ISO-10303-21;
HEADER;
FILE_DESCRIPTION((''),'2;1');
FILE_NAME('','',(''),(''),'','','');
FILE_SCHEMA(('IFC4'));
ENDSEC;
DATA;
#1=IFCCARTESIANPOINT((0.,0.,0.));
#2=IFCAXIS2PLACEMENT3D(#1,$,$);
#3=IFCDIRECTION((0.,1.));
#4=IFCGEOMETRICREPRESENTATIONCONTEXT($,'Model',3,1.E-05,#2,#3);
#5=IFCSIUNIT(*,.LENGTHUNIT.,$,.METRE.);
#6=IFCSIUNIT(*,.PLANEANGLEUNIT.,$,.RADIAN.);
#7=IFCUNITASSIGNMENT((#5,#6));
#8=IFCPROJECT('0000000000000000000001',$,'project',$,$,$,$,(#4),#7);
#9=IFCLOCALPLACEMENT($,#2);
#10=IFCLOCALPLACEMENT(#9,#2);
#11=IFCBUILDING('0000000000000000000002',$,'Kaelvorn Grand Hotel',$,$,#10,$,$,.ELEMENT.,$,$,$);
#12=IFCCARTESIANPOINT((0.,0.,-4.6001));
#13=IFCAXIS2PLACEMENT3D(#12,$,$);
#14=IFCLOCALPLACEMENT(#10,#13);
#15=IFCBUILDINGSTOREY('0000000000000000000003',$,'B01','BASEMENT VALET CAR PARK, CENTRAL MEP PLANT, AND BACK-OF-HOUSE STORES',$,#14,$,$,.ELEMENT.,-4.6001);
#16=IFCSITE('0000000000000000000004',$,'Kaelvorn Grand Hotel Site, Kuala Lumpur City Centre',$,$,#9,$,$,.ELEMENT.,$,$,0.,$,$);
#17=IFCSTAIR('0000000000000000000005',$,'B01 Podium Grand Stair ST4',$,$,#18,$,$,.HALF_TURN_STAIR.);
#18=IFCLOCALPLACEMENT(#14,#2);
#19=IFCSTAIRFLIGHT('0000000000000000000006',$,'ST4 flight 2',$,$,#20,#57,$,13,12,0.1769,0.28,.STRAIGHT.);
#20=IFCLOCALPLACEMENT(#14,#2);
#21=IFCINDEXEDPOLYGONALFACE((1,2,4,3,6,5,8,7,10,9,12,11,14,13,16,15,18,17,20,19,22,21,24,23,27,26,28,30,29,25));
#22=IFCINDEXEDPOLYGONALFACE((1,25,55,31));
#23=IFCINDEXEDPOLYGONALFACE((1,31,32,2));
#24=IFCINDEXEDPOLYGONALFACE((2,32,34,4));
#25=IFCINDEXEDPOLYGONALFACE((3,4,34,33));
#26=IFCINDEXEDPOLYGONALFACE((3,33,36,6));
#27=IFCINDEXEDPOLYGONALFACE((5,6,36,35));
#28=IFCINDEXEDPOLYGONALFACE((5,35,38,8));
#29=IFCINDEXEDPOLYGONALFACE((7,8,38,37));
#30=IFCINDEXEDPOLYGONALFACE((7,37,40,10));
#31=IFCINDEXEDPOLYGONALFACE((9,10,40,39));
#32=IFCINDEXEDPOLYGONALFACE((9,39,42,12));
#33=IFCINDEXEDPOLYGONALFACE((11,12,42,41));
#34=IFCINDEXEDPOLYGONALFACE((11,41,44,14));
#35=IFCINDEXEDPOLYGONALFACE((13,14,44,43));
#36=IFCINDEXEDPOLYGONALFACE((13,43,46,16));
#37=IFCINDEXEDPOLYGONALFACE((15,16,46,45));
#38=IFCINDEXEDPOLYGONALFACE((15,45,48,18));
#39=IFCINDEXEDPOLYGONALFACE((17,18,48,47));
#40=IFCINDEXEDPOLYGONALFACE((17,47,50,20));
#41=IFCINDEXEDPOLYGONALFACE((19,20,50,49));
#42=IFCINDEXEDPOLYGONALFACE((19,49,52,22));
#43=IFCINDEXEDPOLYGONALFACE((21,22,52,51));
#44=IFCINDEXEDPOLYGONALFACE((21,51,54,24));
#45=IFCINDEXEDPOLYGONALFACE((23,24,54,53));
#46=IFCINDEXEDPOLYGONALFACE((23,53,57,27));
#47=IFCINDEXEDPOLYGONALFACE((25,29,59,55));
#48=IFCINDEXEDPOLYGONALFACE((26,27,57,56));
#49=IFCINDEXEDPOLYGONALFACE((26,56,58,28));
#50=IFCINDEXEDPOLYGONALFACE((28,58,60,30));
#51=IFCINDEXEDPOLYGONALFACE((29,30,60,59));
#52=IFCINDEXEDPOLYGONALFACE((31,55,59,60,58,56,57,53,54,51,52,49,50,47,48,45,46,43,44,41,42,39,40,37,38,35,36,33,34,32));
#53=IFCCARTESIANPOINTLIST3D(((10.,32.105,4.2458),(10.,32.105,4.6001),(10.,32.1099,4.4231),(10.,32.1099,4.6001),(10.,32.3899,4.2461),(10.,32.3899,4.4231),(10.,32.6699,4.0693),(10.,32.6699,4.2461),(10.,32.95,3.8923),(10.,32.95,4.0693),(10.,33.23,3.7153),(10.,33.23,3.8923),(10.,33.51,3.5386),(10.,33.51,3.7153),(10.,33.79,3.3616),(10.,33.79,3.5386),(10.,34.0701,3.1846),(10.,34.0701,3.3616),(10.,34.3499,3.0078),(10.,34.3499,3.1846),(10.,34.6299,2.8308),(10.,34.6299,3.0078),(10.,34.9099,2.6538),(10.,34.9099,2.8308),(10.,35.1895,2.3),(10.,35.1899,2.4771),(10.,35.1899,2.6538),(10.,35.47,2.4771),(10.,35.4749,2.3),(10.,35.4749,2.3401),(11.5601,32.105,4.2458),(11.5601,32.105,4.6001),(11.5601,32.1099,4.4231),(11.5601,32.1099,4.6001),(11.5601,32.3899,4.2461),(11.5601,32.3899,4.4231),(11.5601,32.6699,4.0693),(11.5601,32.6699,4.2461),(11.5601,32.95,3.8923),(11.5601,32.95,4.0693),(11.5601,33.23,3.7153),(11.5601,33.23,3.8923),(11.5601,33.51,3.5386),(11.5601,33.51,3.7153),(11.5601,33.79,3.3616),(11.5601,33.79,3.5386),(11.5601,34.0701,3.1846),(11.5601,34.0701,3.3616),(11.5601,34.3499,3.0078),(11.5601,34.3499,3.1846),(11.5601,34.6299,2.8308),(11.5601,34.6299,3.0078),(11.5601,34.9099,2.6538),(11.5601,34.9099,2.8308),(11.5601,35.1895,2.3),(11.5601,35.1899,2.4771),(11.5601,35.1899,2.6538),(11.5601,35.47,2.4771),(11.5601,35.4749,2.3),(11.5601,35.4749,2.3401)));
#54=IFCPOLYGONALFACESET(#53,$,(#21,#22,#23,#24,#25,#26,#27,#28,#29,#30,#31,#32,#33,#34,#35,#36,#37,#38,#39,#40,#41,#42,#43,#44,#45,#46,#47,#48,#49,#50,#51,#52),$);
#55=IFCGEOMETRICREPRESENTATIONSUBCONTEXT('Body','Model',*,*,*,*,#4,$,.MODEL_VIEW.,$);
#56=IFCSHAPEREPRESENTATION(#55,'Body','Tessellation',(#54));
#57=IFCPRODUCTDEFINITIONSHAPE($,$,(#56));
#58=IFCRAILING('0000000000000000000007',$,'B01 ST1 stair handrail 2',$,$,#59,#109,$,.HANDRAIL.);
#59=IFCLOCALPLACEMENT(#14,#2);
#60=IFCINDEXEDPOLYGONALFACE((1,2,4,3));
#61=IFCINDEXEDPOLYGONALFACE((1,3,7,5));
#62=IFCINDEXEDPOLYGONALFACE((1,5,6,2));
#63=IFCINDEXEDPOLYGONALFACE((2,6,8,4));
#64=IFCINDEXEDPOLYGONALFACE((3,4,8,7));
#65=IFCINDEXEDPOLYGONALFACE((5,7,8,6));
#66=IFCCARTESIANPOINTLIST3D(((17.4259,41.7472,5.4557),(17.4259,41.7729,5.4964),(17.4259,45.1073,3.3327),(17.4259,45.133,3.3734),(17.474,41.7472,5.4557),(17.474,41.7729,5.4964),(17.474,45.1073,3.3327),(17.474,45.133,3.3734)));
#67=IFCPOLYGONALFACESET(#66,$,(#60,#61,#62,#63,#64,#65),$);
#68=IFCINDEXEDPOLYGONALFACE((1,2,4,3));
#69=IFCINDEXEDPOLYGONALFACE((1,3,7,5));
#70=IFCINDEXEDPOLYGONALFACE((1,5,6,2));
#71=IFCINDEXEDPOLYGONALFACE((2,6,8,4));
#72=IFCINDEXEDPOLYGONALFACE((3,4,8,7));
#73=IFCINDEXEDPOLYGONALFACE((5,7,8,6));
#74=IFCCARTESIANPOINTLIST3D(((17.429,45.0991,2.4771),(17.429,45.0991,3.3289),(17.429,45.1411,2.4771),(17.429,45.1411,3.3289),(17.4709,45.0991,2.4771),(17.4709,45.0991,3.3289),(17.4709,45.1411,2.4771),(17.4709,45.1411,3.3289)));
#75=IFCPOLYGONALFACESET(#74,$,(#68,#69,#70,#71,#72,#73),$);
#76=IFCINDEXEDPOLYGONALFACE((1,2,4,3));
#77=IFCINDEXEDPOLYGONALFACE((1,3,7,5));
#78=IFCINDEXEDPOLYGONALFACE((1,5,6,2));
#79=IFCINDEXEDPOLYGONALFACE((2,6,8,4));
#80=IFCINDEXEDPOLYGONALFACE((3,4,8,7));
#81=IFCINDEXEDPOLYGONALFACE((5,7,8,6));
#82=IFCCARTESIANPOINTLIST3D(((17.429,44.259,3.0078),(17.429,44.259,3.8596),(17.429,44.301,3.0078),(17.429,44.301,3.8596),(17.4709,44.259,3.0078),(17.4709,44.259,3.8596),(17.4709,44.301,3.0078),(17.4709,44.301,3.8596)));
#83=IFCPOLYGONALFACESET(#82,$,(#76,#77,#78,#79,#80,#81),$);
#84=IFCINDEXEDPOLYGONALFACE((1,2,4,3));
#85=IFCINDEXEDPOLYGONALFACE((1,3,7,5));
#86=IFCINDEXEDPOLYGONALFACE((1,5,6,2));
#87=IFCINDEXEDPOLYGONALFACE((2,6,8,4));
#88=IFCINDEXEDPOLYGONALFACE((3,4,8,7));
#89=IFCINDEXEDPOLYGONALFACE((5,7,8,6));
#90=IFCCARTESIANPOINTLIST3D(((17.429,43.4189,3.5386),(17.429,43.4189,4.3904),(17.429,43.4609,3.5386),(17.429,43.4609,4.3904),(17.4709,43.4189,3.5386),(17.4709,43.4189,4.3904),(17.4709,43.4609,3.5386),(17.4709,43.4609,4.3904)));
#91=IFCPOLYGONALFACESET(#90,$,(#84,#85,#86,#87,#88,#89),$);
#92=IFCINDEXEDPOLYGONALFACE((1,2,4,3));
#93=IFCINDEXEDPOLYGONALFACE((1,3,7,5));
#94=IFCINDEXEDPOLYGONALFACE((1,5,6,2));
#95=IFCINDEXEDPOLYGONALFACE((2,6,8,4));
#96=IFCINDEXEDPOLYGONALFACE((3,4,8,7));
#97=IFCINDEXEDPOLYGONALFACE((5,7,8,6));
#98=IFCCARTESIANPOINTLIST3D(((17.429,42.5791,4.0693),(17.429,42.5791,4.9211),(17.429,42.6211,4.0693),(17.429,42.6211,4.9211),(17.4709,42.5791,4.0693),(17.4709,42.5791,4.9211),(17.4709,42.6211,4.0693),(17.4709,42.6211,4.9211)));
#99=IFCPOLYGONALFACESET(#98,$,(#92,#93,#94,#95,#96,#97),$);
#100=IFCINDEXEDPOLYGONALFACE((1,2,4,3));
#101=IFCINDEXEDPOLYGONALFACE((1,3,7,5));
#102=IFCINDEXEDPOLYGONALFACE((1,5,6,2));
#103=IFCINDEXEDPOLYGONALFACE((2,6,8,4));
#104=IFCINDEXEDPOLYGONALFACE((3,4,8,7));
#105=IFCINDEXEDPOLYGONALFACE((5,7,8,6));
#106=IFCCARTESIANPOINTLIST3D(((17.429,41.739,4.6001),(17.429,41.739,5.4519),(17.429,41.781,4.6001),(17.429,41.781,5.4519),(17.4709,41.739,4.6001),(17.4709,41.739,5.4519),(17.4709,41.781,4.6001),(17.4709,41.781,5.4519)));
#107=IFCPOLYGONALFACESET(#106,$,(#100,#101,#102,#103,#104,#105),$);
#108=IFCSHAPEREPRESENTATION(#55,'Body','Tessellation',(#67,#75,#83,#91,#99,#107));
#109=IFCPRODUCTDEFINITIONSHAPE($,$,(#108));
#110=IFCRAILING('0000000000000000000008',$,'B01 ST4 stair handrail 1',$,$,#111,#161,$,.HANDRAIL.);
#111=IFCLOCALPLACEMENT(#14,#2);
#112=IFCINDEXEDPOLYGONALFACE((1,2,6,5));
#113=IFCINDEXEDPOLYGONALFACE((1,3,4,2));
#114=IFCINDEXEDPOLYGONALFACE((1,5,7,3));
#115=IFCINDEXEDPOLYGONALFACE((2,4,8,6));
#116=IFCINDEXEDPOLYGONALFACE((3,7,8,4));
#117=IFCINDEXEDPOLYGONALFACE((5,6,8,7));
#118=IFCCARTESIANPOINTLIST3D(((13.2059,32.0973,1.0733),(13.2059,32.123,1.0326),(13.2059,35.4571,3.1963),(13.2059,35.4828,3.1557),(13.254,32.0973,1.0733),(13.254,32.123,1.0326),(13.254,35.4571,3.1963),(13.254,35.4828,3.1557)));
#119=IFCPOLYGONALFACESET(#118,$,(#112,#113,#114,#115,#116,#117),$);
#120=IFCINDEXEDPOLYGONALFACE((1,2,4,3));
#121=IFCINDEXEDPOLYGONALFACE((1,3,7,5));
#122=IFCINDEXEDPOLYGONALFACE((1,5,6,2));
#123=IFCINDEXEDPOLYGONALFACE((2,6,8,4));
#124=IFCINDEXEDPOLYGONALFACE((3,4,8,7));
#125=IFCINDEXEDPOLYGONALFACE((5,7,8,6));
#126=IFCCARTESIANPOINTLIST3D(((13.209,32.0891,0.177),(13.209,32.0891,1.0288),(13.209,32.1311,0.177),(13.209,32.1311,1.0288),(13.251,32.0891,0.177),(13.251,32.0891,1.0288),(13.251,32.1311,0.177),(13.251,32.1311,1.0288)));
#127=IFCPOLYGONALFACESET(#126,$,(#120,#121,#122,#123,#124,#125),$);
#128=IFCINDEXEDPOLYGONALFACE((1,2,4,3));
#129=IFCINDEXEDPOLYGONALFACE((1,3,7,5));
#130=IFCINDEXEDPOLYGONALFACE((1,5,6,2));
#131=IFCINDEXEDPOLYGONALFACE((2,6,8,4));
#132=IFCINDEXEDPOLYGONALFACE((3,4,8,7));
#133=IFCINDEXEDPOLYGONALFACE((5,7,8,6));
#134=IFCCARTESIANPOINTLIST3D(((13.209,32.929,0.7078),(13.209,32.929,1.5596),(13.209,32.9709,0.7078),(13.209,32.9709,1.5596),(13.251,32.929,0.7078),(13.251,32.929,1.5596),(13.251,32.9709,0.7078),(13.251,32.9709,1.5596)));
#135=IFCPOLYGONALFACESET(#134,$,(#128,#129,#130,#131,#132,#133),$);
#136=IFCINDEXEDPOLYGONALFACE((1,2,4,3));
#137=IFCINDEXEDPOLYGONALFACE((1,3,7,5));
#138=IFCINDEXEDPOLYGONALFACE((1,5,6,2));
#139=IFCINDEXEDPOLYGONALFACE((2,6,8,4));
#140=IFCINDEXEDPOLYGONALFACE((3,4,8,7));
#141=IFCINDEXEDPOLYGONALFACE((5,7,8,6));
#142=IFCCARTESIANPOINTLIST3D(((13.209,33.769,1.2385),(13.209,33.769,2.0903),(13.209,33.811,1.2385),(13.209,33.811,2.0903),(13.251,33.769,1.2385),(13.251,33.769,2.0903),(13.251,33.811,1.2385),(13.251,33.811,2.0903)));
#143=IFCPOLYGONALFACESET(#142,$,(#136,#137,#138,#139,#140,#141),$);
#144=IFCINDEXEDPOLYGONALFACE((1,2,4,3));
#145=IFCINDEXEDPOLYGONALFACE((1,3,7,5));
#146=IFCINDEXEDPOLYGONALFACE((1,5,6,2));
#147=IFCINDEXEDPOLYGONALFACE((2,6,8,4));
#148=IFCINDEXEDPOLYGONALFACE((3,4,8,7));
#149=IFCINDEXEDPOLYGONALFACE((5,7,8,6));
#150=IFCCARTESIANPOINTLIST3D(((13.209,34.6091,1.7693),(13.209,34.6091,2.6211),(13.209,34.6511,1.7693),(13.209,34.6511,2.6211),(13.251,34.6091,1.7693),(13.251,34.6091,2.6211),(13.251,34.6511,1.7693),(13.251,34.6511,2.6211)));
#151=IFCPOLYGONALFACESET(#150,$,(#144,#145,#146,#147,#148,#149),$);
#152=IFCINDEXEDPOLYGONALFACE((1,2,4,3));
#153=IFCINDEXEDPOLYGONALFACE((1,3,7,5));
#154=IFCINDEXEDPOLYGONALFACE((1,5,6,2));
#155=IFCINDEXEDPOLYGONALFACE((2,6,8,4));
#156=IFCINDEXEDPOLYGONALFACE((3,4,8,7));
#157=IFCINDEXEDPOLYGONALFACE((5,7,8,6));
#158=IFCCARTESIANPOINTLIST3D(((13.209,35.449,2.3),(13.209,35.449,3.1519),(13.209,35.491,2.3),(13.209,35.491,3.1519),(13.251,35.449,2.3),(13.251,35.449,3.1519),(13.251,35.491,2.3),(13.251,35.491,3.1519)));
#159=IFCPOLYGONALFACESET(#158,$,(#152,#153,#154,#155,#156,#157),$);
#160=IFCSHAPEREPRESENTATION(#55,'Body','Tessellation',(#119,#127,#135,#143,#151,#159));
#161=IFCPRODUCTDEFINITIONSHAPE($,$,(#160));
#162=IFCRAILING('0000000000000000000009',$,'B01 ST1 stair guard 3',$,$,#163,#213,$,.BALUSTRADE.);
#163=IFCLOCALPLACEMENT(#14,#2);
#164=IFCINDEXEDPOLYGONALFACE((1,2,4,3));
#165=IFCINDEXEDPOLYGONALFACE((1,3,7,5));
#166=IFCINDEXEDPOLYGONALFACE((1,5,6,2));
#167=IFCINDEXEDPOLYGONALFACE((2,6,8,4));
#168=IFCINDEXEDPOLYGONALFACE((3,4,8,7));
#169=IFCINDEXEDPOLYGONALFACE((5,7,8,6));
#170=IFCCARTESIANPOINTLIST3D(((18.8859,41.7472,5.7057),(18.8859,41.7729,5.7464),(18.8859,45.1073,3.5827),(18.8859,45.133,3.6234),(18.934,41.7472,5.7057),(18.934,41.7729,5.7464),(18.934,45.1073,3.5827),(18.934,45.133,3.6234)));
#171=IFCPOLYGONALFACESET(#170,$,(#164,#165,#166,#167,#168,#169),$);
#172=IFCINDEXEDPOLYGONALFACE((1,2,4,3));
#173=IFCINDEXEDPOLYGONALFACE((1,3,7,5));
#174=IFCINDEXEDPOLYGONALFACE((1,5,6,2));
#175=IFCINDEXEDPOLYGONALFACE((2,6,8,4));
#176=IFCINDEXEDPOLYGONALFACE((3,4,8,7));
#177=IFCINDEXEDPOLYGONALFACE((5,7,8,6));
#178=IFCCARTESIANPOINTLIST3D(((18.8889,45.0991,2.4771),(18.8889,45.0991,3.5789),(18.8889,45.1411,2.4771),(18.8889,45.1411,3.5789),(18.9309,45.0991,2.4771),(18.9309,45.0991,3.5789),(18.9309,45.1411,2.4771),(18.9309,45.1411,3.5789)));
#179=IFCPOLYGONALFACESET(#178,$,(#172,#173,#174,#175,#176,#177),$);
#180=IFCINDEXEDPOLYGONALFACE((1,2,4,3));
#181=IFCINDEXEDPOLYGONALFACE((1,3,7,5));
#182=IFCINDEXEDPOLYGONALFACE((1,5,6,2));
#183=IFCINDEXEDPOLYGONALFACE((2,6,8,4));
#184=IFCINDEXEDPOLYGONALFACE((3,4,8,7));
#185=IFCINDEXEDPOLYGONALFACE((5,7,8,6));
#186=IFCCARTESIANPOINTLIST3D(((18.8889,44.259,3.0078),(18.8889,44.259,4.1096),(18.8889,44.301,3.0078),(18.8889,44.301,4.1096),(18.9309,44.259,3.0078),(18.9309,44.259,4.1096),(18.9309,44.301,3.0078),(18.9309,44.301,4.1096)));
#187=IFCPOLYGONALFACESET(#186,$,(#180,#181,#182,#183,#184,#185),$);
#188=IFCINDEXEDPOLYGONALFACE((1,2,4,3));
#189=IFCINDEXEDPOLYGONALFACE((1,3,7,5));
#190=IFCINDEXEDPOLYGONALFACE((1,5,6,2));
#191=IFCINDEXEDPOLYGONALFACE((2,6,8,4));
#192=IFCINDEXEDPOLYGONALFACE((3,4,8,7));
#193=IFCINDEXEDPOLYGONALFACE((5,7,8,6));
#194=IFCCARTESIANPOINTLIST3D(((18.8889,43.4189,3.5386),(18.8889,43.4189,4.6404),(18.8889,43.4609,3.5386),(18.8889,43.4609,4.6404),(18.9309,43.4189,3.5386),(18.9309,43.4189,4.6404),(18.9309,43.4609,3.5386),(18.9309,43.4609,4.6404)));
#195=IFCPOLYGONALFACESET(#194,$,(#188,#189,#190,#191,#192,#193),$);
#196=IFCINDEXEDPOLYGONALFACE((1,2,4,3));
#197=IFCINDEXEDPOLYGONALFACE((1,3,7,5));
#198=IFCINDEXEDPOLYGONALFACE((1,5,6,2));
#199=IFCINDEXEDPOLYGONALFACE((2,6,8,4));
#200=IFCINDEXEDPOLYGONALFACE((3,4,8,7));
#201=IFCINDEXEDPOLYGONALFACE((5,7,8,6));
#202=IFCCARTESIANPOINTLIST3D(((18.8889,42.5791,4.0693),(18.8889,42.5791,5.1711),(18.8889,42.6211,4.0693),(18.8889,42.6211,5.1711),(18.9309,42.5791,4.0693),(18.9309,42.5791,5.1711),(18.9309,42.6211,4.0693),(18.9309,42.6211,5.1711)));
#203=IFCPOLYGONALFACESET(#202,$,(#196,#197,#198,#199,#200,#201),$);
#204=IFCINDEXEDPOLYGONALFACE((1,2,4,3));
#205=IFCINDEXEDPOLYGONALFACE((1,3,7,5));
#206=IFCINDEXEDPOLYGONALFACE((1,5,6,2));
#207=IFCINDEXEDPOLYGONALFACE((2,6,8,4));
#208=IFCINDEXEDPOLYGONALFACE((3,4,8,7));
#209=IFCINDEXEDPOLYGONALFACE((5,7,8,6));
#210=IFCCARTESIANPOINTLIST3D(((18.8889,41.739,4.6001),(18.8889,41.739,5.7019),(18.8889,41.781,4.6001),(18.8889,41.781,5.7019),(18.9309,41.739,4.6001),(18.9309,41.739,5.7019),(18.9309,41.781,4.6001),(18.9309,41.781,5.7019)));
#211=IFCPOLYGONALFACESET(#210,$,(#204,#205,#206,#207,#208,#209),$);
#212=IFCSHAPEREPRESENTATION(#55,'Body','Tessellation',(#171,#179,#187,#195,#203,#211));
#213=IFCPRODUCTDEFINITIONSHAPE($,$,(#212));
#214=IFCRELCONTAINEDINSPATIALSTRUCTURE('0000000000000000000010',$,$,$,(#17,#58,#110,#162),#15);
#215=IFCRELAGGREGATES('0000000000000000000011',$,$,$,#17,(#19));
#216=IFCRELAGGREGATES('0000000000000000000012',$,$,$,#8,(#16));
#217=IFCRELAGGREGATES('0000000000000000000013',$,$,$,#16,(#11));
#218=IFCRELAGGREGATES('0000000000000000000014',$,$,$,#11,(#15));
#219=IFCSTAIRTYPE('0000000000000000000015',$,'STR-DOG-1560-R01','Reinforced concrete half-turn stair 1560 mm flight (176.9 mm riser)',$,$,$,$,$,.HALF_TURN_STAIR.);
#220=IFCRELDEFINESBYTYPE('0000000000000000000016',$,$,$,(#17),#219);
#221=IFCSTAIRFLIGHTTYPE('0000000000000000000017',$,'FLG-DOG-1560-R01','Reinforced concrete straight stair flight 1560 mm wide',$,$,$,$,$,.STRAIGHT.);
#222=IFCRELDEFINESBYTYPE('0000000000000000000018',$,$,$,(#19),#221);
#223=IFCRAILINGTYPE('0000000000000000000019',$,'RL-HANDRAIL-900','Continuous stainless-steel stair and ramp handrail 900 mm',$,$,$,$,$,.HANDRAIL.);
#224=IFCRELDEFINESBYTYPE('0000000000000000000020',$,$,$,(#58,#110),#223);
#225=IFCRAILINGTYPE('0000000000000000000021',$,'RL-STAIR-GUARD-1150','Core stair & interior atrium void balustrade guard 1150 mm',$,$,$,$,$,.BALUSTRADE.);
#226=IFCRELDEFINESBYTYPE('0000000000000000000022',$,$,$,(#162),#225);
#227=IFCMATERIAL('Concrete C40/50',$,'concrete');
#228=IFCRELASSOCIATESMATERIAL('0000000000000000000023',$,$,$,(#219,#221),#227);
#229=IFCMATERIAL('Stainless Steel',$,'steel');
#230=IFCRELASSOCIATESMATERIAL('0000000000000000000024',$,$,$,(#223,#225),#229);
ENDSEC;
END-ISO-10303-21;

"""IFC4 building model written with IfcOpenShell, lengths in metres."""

from ifc_helpers import new_model, si_unit, direction, frame, origin, origin_2d, place, context, subcontext, project, spatial, polyline, rectangle, outline, extrude, material, type_object, element, aggregate, save


model = new_model("IFC4")

# Units and contexts
model_context = context("Model", 3, precision=1e-05, world=origin(), true_north=direction((0.0, 1.0)))
body_context = subcontext(model_context, "Body", "Model", "MODEL_VIEW")
ifc_project = project(units=[si_unit("LENGTHUNIT", "METRE"), si_unit("PLANEANGLEUNIT", "RADIAN")], contexts=[model_context])

# Site, building, storey
site_placement = place(None, origin())
site = spatial("IfcSite", under=ifc_project, at=site_placement, Name="Kaelvorn Grand Hotel Site, Kuala Lumpur City Centre", CompositionType="ELEMENT", RefElevation=0.0)
building_placement = place(site_placement, origin())
building = spatial("IfcBuilding", under=site, at=building_placement, Name="Kaelvorn Grand Hotel", CompositionType="ELEMENT")
storey_placement = place(building_placement, frame((0.0, 0.0, -4.6001)))
storey = spatial("IfcBuildingStorey", under=building, at=storey_placement, Name="B01", Description="BASEMENT VALET CAR PARK, CENTRAL MEP PLANT, AND BACK-OF-HOUSE STORES", CompositionType="ELEMENT", Elevation=-4.6001)

# Shared definitions
ifc_material_1 = material(Name="Concrete C40/50", Category="concrete")

# Shared definitions
stair_type = type_object("IfcStairType", Name="STR-DOG-1560-R01", Description="Reinforced concrete half-turn stair 1560 mm flight (176.9 mm riser)", PredefinedType="HALF_TURN_STAIR", material=ifc_material_1)
stair_flight_type = type_object("IfcStairFlightType", Name="FLG-DOG-1560-R01", Description="Reinforced concrete straight stair flight 1560 mm wide", PredefinedType="STRAIGHT", material=ifc_material_1)

# Stair, stair flight
stair_1_placement = place(storey_placement, origin())
stair_1 = element("IfcStair", 1, at=stair_1_placement, inside=storey, type_object=stair_type, Name="B01 Podium Grand Stair ST4", PredefinedType="HALF_TURN_STAIR")
stair_flight_1_placement = place(storey_placement, frame((10.78, 35.47, 2.3), z_axis=(0.0, 0.0, 1.0), x_axis=(0.0, -1.0, 0.0)))
stair_flight_1 = element("IfcStairFlight", 2, at=stair_flight_1_placement, type_object=stair_flight_type, Name="ST4 flight 2", NumberOfRisers=13, NumberOfTreads=12, PredefinedType="STRAIGHT", RiserHeight=0.1769, TreadLength=0.28, context=body_context, shape_type="SweptSolid", body=[
    extrude(outline(polyline([(-0.0049, 0.0), (-0.0049, 0.04), (0.0, 0.177), (0.28, 0.177), (0.28, 0.3538), (0.5601, 0.3538), (0.5601, 0.5308), (0.8401, 0.5308), (0.8401, 0.7078), (1.1201, 0.7078), (1.1201, 0.8845), (1.3999, 0.8845), (1.3999, 1.0615), (1.6799, 1.0615), (1.6799, 1.2385), (1.96, 1.2385), (1.96, 1.4153), (2.24, 1.4153), (2.24, 1.5923), (2.52, 1.5923), (2.52, 1.7693), (2.8, 1.7693), (2.8, 1.946), (3.0801, 1.946), (3.0801, 2.123), (3.3601, 2.123), (3.3601, 2.3), (3.365, 2.3), (3.365, 1.9458), (0.2805, 0.0), (-0.0049, 0.0)])), frame((0.0, 0.78, 0.0), z_axis=(0.0, -1.0, 0.0), x_axis=(1.0, 0.0, 0.0)), (0.0, 0.0, 1.0), 1.5601),
])
aggregate(stair_1, [stair_flight_1])

# Railings
ifc_material_2 = material(Name="Stainless Steel", Category="steel")
railing_type_1 = type_object("IfcRailingType", Name="RL-HANDRAIL-900", Description="Continuous stainless-steel stair and ramp handrail 900 mm", PredefinedType="HANDRAIL", material=ifc_material_2)
railing_1_placement = place(storey_placement, frame((17.45, 45.1201, 2.4771)))
element("IfcRailing", 3, at=railing_1_placement, inside=storey, type_object=railing_type_1, Name="B01 ST1 stair handrail 2", PredefinedType="HANDRAIL", context=body_context, shape_type="SweptSolid", body=[
    extrude(rectangle(XDim=0.0481, YDim=0.0481, at=origin_2d()), frame((0.0, 0.0, 0.876), z_axis=(0.0, -0.84539, 0.53415), x_axis=(1.0, 0.0, 0.0)), (0.0, 0.0, 1.0), 3.9746),
    extrude(rectangle(XDim=0.042, YDim=0.042, at=origin_2d()), origin(), (0.0, 0.0, 1.0), 0.8518),
    extrude(rectangle(XDim=0.042, YDim=0.042, at=origin_2d()), frame((0.0, -0.8401, 0.5308)), (0.0, 0.0, 1.0), 0.8518),
    extrude(rectangle(XDim=0.042, YDim=0.042, at=origin_2d()), frame((0.0, -1.6802, 1.0615)), (0.0, 0.0, 1.0), 0.8518),
    extrude(rectangle(XDim=0.042, YDim=0.042, at=origin_2d()), frame((0.0, -2.52, 1.5923)), (0.0, 0.0, 1.0), 0.8518),
    extrude(rectangle(XDim=0.042, YDim=0.042, at=origin_2d()), frame((0.0, -3.3601, 2.123)), (0.0, 0.0, 1.0), 0.8518),
])
railing_2_placement = place(storey_placement, frame((13.23, 32.1101, 0.177)))
element("IfcRailing", 4, at=railing_2_placement, inside=storey, type_object=railing_type_1, Name="B01 ST4 stair handrail 1", PredefinedType="HANDRAIL", context=body_context, shape_type="SweptSolid", body=[
    extrude(rectangle(XDim=0.0481, YDim=0.0481, at=origin_2d()), frame((0.0, 0.0, 0.876), z_axis=(0.0, 0.845372, 0.534178), x_axis=(-1.0, 0.0, 0.0)), (0.0, 0.0, 1.0), 3.9744),
    extrude(rectangle(XDim=0.042, YDim=0.042, at=origin_2d()), origin(), (0.0, 0.0, 1.0), 0.8518),
    extrude(rectangle(XDim=0.042, YDim=0.042, at=origin_2d()), frame((0.0, 0.8398, 0.5308)), (0.0, 0.0, 1.0), 0.8518),
    extrude(rectangle(XDim=0.042, YDim=0.042, at=origin_2d()), frame((0.0, 1.6799, 1.0615)), (0.0, 0.0, 1.0), 0.8518),
    extrude(rectangle(XDim=0.042, YDim=0.042, at=origin_2d()), frame((0.0, 2.52, 1.5923)), (0.0, 0.0, 1.0), 0.8518),
    extrude(rectangle(XDim=0.042, YDim=0.042, at=origin_2d()), frame((0.0, 3.3599, 2.123)), (0.0, 0.0, 1.0), 0.8518),
])
railing_type_2 = type_object("IfcRailingType", Name="RL-STAIR-GUARD-1150", Description="Core stair & interior atrium void balustrade guard 1150 mm", PredefinedType="BALUSTRADE", material=ifc_material_2)
railing_3_placement = place(storey_placement, frame((18.9099, 45.1201, 2.4771)))
element("IfcRailing", 5, at=railing_3_placement, inside=storey, type_object=railing_type_2, Name="B01 ST1 stair guard 3", PredefinedType="BALUSTRADE", context=body_context, shape_type="SweptSolid", body=[
    extrude(rectangle(XDim=0.0481, YDim=0.0481, at=origin_2d()), frame((0.0, 0.0, 1.126), z_axis=(0.0, -0.84539, 0.53415), x_axis=(1.0, 0.0, 0.0)), (0.0, 0.0, 1.0), 3.9746),
    extrude(rectangle(XDim=0.042, YDim=0.042, at=origin_2d()), origin(), (0.0, 0.0, 1.0), 1.1018),
    extrude(rectangle(XDim=0.042, YDim=0.042, at=origin_2d()), frame((0.0, -0.8401, 0.5308)), (0.0, 0.0, 1.0), 1.1018),
    extrude(rectangle(XDim=0.042, YDim=0.042, at=origin_2d()), frame((0.0, -1.6802, 1.0615)), (0.0, 0.0, 1.0), 1.1018),
    extrude(rectangle(XDim=0.042, YDim=0.042, at=origin_2d()), frame((0.0, -2.52, 1.5923)), (0.0, 0.0, 1.0), 1.1018),
    extrude(rectangle(XDim=0.042, YDim=0.042, at=origin_2d()), frame((0.0, -3.3601, 2.123)), (0.0, 0.0, 1.0), 1.1018),
])

save(model, "model.ifc")
